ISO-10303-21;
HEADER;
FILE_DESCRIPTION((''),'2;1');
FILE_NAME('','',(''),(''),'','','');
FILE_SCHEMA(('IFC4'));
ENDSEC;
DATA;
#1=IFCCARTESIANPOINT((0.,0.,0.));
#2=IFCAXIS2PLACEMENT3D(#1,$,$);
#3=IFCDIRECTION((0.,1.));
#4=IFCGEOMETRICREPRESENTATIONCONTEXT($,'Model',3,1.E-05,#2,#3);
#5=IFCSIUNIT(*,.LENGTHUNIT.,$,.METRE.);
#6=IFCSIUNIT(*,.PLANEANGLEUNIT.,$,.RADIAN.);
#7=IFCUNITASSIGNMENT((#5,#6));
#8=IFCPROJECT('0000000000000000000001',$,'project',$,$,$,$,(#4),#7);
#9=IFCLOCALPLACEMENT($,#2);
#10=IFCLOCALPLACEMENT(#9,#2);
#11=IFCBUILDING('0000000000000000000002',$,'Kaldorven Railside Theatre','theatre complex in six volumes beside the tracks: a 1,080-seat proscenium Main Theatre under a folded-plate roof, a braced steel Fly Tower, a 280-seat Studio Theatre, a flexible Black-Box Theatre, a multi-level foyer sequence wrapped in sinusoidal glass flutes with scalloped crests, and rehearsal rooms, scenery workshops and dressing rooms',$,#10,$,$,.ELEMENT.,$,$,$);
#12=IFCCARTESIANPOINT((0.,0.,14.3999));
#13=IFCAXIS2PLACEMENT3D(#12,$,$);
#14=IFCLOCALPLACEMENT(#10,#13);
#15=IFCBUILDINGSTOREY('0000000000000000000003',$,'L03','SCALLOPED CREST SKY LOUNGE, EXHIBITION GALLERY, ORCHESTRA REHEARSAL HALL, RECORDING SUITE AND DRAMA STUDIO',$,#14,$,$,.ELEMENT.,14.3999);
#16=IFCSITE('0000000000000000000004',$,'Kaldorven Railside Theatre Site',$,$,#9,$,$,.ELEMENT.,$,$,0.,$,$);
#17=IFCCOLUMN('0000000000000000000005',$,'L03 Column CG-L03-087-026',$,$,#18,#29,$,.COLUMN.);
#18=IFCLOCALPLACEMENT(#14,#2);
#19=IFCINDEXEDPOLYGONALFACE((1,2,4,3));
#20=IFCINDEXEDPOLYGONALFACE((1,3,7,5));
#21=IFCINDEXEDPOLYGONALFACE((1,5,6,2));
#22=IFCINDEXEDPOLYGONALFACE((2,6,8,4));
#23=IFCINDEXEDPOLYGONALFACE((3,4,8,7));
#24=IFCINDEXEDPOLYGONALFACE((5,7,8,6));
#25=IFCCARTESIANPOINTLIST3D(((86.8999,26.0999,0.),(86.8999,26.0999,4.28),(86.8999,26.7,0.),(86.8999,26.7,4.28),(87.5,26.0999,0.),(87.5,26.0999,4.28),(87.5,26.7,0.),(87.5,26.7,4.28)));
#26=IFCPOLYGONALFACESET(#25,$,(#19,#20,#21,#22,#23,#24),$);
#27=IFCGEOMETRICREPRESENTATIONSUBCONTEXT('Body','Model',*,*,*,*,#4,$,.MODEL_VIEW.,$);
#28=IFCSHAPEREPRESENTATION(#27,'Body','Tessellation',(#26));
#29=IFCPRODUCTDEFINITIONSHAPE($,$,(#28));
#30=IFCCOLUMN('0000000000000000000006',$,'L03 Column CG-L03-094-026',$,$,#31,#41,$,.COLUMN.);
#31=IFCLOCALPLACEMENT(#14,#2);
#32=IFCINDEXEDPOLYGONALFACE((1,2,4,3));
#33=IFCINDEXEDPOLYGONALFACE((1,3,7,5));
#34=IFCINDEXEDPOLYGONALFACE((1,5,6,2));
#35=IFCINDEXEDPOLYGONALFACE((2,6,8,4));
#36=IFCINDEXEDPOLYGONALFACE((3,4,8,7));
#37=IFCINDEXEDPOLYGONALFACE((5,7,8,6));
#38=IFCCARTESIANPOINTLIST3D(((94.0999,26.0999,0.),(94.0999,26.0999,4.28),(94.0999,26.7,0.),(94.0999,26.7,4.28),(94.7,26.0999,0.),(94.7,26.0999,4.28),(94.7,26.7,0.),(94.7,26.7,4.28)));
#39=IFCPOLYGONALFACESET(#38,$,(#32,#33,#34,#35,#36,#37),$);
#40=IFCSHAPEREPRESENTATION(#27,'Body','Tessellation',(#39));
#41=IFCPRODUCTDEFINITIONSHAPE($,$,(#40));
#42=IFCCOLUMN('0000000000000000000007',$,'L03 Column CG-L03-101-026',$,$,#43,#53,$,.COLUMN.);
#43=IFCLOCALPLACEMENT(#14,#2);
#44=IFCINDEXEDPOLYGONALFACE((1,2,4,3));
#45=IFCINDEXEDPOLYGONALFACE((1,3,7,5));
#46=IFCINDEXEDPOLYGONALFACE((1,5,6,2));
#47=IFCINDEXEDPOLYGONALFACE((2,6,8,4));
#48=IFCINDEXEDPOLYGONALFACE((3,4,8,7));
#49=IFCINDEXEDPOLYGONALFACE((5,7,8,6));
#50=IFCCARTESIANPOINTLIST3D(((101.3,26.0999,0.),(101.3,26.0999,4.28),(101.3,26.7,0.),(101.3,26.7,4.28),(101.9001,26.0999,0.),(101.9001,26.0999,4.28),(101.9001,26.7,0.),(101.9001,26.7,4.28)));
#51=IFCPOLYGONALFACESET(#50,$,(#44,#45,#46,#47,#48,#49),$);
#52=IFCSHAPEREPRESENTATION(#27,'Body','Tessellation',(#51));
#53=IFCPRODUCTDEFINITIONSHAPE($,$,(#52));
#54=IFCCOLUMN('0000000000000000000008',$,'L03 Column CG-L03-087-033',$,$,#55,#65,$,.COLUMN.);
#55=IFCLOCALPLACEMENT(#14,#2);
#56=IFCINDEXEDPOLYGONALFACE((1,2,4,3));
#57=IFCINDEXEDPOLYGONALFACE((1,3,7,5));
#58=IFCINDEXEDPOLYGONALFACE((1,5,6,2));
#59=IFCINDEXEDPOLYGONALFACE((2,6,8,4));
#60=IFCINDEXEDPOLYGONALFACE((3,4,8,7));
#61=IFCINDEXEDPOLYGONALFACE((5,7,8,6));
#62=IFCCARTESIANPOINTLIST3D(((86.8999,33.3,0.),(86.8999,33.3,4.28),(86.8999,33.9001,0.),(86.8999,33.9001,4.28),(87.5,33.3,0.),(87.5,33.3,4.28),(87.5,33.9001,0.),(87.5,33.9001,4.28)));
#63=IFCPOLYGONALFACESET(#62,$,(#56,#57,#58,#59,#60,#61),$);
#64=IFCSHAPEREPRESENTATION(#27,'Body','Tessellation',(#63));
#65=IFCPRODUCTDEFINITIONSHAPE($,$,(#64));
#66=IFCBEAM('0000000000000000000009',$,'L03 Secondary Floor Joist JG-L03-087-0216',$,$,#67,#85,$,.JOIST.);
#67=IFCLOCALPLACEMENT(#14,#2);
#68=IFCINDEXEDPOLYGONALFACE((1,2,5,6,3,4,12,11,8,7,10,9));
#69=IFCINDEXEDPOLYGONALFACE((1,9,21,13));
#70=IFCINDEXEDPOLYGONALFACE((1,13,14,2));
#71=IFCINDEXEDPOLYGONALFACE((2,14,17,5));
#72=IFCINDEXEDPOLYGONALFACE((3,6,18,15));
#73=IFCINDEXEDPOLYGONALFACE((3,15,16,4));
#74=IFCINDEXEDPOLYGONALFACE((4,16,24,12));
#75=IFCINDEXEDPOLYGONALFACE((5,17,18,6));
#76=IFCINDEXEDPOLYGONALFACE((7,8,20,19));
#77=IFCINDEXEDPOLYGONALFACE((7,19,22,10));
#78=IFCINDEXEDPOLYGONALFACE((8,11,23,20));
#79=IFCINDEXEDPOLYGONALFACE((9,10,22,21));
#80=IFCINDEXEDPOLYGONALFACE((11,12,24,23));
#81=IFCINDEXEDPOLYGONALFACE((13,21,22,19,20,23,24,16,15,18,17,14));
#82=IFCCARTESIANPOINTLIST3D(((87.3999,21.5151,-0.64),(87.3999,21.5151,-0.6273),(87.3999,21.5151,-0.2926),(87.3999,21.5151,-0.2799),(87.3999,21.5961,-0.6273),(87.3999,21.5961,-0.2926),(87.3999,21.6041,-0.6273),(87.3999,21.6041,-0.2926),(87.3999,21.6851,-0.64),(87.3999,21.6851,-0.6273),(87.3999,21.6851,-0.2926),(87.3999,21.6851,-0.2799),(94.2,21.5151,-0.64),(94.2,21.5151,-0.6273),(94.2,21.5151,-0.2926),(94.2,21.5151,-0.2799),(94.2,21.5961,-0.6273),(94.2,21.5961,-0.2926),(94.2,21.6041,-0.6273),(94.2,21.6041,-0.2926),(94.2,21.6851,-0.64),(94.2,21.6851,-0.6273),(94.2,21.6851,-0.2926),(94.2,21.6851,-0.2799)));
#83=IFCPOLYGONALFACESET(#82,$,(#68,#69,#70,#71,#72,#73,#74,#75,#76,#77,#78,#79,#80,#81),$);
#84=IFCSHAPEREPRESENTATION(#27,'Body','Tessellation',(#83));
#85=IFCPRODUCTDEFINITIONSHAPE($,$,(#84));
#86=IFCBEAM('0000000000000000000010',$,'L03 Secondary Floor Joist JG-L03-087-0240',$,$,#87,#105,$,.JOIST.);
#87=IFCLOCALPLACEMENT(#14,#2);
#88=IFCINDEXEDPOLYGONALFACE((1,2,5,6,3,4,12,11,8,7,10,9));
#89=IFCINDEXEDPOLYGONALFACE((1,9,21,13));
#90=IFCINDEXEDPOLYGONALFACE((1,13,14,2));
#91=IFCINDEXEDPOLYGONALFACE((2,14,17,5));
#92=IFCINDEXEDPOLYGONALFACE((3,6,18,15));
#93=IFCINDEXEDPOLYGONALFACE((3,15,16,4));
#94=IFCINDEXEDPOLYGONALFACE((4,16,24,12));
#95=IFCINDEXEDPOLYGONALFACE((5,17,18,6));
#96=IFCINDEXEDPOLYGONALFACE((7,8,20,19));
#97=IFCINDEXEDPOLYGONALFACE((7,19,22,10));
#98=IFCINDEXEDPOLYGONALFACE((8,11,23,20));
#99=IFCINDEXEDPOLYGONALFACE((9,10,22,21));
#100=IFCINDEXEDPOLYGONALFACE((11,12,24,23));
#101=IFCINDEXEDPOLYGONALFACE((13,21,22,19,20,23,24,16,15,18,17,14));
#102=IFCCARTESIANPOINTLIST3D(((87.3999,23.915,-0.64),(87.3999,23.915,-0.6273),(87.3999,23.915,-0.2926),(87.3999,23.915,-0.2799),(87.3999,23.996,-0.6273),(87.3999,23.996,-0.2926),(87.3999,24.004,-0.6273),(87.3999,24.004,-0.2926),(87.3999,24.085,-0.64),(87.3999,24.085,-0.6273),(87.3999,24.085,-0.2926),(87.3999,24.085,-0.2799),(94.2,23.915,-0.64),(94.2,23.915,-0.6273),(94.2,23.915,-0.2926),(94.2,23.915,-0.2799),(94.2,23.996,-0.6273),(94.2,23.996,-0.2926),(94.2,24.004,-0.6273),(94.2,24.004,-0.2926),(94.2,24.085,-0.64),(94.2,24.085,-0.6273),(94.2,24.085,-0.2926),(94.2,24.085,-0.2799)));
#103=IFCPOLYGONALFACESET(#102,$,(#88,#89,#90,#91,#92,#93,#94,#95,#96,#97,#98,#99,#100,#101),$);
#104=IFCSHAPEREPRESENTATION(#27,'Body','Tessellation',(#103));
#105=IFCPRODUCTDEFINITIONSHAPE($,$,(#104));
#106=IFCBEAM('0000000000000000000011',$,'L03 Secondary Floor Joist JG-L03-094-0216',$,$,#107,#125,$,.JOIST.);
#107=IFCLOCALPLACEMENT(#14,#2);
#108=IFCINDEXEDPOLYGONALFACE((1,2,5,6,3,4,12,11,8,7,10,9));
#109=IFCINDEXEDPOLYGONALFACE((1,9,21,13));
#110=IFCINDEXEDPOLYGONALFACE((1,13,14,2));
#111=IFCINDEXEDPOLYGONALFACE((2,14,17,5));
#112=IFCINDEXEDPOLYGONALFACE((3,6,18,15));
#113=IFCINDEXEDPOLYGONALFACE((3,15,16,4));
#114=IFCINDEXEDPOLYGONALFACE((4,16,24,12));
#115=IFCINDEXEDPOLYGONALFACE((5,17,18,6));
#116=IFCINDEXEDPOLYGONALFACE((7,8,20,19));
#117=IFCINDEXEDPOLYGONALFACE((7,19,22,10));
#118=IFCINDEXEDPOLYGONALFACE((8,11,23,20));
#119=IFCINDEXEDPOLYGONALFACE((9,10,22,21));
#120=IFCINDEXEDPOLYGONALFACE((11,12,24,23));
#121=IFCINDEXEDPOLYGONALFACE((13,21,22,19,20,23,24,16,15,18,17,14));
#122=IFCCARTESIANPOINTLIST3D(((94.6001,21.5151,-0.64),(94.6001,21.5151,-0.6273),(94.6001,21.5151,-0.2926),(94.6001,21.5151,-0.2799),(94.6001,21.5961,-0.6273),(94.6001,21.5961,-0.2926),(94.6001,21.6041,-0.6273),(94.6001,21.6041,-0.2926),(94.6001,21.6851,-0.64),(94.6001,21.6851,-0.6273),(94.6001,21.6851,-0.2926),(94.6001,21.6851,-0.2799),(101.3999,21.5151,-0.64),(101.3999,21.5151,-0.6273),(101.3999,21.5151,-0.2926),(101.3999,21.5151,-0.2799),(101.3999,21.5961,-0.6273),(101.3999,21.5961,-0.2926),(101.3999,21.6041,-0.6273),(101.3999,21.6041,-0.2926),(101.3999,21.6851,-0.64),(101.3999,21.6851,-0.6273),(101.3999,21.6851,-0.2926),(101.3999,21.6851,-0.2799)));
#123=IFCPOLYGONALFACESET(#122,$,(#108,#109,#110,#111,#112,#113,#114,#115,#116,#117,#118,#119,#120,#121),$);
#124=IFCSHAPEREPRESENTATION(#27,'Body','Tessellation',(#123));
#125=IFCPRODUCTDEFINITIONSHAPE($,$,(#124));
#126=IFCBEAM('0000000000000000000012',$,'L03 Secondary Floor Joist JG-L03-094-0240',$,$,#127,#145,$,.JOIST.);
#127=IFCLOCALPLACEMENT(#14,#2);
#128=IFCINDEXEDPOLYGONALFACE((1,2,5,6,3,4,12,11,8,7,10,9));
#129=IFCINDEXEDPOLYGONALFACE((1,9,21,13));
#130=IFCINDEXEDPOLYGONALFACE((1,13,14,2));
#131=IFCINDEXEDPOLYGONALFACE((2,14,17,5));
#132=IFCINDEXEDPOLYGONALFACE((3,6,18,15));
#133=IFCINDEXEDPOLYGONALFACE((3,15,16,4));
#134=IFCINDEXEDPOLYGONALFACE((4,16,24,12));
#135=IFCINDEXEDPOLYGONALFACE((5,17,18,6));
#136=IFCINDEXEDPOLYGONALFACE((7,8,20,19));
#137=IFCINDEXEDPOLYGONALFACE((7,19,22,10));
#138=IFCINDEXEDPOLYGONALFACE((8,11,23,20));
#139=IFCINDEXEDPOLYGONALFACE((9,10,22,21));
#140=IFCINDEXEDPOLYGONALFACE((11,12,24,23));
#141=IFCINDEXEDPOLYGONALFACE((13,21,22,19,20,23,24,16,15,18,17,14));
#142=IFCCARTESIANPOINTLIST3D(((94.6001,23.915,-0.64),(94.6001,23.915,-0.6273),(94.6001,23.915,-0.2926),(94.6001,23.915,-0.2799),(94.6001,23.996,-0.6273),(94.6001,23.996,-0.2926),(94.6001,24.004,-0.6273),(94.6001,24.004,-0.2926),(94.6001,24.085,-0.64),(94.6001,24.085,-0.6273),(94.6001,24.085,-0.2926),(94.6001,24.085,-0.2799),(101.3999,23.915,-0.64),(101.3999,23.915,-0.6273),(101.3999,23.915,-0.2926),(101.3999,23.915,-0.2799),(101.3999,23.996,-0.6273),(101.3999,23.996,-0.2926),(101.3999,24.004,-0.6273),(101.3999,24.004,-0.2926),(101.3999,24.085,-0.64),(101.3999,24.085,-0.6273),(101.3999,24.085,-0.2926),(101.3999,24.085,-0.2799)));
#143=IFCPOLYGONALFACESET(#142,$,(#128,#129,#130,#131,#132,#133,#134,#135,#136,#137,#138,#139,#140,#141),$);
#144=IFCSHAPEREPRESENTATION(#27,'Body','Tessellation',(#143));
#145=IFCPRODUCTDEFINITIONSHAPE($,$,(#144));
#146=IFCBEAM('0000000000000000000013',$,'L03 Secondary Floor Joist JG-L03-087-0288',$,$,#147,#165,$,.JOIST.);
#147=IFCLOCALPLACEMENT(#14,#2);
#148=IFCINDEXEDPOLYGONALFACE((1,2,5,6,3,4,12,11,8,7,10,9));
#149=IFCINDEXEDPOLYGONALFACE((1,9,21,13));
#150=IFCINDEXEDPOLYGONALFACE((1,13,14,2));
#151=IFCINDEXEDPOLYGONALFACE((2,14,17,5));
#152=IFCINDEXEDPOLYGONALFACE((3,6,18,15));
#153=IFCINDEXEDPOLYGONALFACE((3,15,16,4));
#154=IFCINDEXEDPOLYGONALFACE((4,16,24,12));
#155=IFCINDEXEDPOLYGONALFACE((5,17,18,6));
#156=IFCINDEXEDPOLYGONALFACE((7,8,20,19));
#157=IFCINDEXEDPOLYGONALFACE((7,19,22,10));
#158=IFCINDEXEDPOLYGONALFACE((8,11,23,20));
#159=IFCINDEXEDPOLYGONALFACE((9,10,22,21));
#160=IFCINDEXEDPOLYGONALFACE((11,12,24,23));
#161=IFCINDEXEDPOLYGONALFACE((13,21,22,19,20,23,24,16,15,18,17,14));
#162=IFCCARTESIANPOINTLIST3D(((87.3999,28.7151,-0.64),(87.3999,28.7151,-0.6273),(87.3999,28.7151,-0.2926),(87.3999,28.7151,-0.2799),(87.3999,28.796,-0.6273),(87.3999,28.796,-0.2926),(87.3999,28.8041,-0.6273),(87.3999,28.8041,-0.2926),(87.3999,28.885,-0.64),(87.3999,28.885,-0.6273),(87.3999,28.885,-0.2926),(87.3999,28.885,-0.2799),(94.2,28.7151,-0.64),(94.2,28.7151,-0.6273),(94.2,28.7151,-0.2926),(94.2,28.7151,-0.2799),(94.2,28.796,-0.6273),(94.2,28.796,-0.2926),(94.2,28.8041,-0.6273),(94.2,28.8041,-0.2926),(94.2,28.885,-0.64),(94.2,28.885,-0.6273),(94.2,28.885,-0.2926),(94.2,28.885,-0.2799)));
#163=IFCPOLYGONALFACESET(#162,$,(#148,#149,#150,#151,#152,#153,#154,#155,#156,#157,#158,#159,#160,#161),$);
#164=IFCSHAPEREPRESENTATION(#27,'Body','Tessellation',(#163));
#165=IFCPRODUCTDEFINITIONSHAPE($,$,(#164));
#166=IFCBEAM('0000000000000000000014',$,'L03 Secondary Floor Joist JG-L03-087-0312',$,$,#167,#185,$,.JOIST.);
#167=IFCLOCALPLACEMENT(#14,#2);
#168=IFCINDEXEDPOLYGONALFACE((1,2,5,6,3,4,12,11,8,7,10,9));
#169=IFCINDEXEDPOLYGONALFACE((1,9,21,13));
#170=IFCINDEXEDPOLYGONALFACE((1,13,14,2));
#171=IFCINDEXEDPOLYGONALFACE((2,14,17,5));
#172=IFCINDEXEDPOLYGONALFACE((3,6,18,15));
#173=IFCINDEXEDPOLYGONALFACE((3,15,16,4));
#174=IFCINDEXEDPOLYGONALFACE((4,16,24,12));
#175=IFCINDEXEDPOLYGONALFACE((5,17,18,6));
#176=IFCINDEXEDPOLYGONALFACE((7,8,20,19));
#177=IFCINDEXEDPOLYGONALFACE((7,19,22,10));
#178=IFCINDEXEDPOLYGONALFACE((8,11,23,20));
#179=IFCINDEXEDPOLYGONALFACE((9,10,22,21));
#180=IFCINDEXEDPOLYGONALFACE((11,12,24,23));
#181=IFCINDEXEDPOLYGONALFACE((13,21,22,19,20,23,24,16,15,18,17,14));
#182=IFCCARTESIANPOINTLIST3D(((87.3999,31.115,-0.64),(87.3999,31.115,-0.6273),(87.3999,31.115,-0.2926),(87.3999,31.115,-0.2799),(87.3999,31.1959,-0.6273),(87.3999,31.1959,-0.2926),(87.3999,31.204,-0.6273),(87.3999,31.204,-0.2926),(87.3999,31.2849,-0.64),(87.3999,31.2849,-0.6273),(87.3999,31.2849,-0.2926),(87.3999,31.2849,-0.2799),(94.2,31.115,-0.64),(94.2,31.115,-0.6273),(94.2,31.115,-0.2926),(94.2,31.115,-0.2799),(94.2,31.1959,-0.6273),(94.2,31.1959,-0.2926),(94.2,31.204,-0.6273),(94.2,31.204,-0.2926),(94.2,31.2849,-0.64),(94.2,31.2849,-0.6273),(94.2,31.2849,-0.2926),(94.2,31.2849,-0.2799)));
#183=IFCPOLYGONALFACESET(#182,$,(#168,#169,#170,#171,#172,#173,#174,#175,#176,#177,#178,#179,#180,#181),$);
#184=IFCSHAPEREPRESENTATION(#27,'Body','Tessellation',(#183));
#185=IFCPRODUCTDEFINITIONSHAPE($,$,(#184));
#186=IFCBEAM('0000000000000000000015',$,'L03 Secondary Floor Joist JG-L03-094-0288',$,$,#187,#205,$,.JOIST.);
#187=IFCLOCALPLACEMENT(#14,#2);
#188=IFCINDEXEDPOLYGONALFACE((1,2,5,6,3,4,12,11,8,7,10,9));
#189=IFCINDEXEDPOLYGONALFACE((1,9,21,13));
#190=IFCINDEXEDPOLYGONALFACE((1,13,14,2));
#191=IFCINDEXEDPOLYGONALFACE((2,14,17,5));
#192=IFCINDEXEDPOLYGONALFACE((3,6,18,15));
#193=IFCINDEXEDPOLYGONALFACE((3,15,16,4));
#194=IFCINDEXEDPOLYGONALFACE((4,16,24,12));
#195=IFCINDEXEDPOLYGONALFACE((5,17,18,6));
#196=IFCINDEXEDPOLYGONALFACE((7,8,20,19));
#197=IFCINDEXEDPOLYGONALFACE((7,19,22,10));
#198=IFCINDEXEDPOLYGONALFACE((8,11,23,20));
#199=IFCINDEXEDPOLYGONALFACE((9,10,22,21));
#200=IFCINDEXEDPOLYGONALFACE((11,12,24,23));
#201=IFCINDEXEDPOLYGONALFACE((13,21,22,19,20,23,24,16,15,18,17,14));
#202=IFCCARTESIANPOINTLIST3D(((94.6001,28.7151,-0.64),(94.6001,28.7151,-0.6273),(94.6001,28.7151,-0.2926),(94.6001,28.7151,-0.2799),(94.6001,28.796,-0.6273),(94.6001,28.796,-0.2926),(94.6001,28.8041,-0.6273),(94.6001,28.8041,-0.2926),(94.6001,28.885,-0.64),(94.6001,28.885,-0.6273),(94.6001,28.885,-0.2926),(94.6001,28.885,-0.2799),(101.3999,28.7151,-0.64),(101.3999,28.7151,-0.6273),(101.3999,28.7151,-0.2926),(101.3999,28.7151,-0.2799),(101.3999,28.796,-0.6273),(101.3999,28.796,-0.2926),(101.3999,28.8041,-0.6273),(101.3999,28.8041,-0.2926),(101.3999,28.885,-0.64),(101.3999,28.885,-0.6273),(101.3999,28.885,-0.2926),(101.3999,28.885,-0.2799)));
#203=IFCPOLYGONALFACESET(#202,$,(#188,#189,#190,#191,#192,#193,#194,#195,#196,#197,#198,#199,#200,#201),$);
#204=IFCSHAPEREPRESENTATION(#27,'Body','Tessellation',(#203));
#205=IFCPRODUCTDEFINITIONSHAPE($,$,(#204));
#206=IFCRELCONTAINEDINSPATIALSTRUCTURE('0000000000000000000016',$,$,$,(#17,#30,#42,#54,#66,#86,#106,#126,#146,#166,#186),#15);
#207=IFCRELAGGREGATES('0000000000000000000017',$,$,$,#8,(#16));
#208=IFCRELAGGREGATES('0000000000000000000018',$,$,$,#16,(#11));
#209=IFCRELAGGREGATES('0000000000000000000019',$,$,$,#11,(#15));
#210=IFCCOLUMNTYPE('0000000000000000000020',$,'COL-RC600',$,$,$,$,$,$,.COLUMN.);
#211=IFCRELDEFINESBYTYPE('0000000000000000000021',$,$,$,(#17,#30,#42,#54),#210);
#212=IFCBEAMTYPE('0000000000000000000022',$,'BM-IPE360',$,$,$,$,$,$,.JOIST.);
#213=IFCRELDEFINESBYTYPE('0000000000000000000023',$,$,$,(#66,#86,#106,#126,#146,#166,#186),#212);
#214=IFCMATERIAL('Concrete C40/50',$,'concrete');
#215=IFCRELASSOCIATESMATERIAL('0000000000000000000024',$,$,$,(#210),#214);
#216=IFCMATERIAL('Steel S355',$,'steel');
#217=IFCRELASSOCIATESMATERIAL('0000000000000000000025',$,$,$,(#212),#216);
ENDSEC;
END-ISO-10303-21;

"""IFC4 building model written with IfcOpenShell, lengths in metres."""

from ifc_helpers import new_model, si_unit, direction, frame, origin, origin_2d, place, context, subcontext, project, spatial, rectangle, i_section, extrude, material, material_profile, profile_set, type_object, element, save


model = new_model("IFC4")

# Units and contexts
model_context = context("Model", 3, precision=1e-05, world=origin(), true_north=direction((0.0, 1.0)))
body_context = subcontext(model_context, "Body", "Model", "MODEL_VIEW")
ifc_project = project(units=[si_unit("LENGTHUNIT", "METRE"), si_unit("PLANEANGLEUNIT", "RADIAN")], contexts=[model_context])

# Site, building, storey
site_placement = place(None, origin())
site = spatial("IfcSite", under=ifc_project, at=site_placement, Name="Kaldorven Railside Theatre Site", CompositionType="ELEMENT", RefElevation=0.0)
building_placement = place(site_placement, origin())
building = spatial("IfcBuilding", under=site, at=building_placement, Name="Kaldorven Railside Theatre", Description="theatre complex in six volumes beside the tracks: a 1,080-seat proscenium Main Theatre under a folded-plate roof, a braced steel Fly Tower, a 280-seat Studio Theatre, a flexible Black-Box Theatre, a multi-level foyer sequence wrapped in sinusoidal glass flutes with scalloped crests, and rehearsal rooms, scenery workshops and dressing rooms", CompositionType="ELEMENT")
storey_placement = place(building_placement, frame((0.0, 0.0, 14.3999)))
storey = spatial("IfcBuildingStorey", under=building, at=storey_placement, Name="L03", Description="SCALLOPED CREST SKY LOUNGE, EXHIBITION GALLERY, ORCHESTRA REHEARSAL HALL, RECORDING SUITE AND DRAMA STUDIO", CompositionType="ELEMENT", Elevation=14.3999)

# Columns
ifc_material_1 = material(Name="Concrete C40/50", Category="concrete")
ifc_material_profile_1 = material_profile(ifc_material_1, rectangle(XDim=0.6001, YDim=0.6001, at=origin_2d()), Name="RC 600x600")
ifc_profile_set_1 = profile_set([ifc_material_profile_1], Name="Concrete C40/50")
column_type = type_object("IfcColumnType", Name="COL-RC600", PredefinedType="COLUMN", material=ifc_profile_set_1)
for number, where, z_axis, x_axis, name in (
    (1, (87.2, 26.3999, 0.0), (0.0, 0.0, 1.0), (0.0, 1.0, 0.0), "L03 Column CG-L03-087-026"),
    (2, (94.3999, 26.3999, 0.0), (0.0, 0.0, 1.0), (1.0, 0.0, 0.0), "L03 Column CG-L03-094-026"),
    (3, (101.6001, 26.3999, 0.0), (0.0, 0.0, 1.0), (1.0, 0.0, 0.0), "L03 Column CG-L03-101-026"),
    (4, (87.2, 33.6001, 0.0), (0.0, 0.0, 1.0), (1.0, 0.0, 0.0), "L03 Column CG-L03-087-033"),
):
    element("IfcColumn", number, at=place(storey_placement, frame(where, z_axis=z_axis, x_axis=x_axis)), inside=storey, type_object=column_type, Name=name, PredefinedType="COLUMN", context=body_context, shape_type="SweptSolid", body=[
        extrude(rectangle(XDim=0.6001, YDim=0.6001, at=origin_2d()), origin(), (0.0, 0.0, 1.0), 4.28),
    ])

# Beams
ifc_material_2 = material(Name="Steel S355", Category="steel")
ifc_material_profile_2 = material_profile(ifc_material_2, i_section(OverallWidth=0.1699, OverallDepth=0.3601, WebThickness=0.0081, FlangeThickness=0.0127, at=origin_2d()), Name="IPE 360")
ifc_profile_set_2 = profile_set([ifc_material_profile_2], Name="Steel S355")
beam_type_1 = type_object("IfcBeamType", Name="BM-IPE360", PredefinedType="JOIST", material=ifc_profile_set_2)
for number, where, z_axis, x_axis, name in (
    (5, (87.3999, 21.6001, -0.46), (1.0, 0.0, 0.0), (0.0, 1.0, 0.0), "L03 Secondary Floor Joist JG-L03-087-0216"),
    (6, (87.3999, 24.0, -0.46), (1.0, 0.0, 0.0), (0.0, 1.0, 0.0), "L03 Secondary Floor Joist JG-L03-087-0240"),
):
    element("IfcBeam", number, at=place(storey_placement, frame(where, z_axis=z_axis, x_axis=x_axis)), inside=storey, type_object=beam_type_1, Name=name, PredefinedType="JOIST", context=body_context, shape_type="SweptSolid", body=[
        extrude(i_section(OverallWidth=0.1699, OverallDepth=0.3601, WebThickness=0.0081, FlangeThickness=0.0127, at=origin_2d()), origin(), (0.0, 0.0, 1.0), 6.8),
    ])
for number, where, z_axis, x_axis, name in (
    (7, (94.6001, 21.6001, -0.46), (1.0, 0.0, 0.0), (0.0, 1.0, 0.0), "L03 Secondary Floor Joist JG-L03-094-0216"),
    (8, (94.6001, 24.0, -0.46), (1.0, 0.0, 0.0), (0.0, 1.0, 0.0), "L03 Secondary Floor Joist JG-L03-094-0240"),
):
    element("IfcBeam", number, at=place(storey_placement, frame(where, z_axis=z_axis, x_axis=x_axis)), inside=storey, type_object=beam_type_1, Name=name, PredefinedType="JOIST", context=body_context, shape_type="SweptSolid", body=[
        extrude(i_section(OverallWidth=0.1699, OverallDepth=0.3601, WebThickness=0.0081, FlangeThickness=0.0127, at=origin_2d()), origin(), (0.0, 0.0, 1.0), 6.7998),
    ])
for number, where, z_axis, x_axis, name in (
    (9, (87.3999, 28.8, -0.46), (1.0, 0.0, 0.0), (0.0, 1.0, 0.0), "L03 Secondary Floor Joist JG-L03-087-0288"),
    (10, (87.3999, 31.2, -0.46), (1.0, 0.0, 0.0), (0.0, 1.0, 0.0), "L03 Secondary Floor Joist JG-L03-087-0312"),
):
    element("IfcBeam", number, at=place(storey_placement, frame(where, z_axis=z_axis, x_axis=x_axis)), inside=storey, type_object=beam_type_1, Name=name, PredefinedType="JOIST", context=body_context, shape_type="SweptSolid", body=[
        extrude(i_section(OverallWidth=0.1699, OverallDepth=0.3601, WebThickness=0.0081, FlangeThickness=0.0127, at=origin_2d()), origin(), (0.0, 0.0, 1.0), 6.8),
    ])
for number, where, z_axis, x_axis, name in (
    (11, (94.6001, 28.8, -0.46), (1.0, 0.0, 0.0), (0.0, 1.0, 0.0), "L03 Secondary Floor Joist JG-L03-094-0288"),
):
    element("IfcBeam", number, at=place(storey_placement, frame(where, z_axis=z_axis, x_axis=x_axis)), inside=storey, type_object=beam_type_1, Name=name, PredefinedType="JOIST", context=body_context, shape_type="SweptSolid", body=[
        extrude(i_section(OverallWidth=0.1699, OverallDepth=0.3601, WebThickness=0.0081, FlangeThickness=0.0127, at=origin_2d()), origin(), (0.0, 0.0, 1.0), 6.7998),
    ])

save(model, "model.ifc")
